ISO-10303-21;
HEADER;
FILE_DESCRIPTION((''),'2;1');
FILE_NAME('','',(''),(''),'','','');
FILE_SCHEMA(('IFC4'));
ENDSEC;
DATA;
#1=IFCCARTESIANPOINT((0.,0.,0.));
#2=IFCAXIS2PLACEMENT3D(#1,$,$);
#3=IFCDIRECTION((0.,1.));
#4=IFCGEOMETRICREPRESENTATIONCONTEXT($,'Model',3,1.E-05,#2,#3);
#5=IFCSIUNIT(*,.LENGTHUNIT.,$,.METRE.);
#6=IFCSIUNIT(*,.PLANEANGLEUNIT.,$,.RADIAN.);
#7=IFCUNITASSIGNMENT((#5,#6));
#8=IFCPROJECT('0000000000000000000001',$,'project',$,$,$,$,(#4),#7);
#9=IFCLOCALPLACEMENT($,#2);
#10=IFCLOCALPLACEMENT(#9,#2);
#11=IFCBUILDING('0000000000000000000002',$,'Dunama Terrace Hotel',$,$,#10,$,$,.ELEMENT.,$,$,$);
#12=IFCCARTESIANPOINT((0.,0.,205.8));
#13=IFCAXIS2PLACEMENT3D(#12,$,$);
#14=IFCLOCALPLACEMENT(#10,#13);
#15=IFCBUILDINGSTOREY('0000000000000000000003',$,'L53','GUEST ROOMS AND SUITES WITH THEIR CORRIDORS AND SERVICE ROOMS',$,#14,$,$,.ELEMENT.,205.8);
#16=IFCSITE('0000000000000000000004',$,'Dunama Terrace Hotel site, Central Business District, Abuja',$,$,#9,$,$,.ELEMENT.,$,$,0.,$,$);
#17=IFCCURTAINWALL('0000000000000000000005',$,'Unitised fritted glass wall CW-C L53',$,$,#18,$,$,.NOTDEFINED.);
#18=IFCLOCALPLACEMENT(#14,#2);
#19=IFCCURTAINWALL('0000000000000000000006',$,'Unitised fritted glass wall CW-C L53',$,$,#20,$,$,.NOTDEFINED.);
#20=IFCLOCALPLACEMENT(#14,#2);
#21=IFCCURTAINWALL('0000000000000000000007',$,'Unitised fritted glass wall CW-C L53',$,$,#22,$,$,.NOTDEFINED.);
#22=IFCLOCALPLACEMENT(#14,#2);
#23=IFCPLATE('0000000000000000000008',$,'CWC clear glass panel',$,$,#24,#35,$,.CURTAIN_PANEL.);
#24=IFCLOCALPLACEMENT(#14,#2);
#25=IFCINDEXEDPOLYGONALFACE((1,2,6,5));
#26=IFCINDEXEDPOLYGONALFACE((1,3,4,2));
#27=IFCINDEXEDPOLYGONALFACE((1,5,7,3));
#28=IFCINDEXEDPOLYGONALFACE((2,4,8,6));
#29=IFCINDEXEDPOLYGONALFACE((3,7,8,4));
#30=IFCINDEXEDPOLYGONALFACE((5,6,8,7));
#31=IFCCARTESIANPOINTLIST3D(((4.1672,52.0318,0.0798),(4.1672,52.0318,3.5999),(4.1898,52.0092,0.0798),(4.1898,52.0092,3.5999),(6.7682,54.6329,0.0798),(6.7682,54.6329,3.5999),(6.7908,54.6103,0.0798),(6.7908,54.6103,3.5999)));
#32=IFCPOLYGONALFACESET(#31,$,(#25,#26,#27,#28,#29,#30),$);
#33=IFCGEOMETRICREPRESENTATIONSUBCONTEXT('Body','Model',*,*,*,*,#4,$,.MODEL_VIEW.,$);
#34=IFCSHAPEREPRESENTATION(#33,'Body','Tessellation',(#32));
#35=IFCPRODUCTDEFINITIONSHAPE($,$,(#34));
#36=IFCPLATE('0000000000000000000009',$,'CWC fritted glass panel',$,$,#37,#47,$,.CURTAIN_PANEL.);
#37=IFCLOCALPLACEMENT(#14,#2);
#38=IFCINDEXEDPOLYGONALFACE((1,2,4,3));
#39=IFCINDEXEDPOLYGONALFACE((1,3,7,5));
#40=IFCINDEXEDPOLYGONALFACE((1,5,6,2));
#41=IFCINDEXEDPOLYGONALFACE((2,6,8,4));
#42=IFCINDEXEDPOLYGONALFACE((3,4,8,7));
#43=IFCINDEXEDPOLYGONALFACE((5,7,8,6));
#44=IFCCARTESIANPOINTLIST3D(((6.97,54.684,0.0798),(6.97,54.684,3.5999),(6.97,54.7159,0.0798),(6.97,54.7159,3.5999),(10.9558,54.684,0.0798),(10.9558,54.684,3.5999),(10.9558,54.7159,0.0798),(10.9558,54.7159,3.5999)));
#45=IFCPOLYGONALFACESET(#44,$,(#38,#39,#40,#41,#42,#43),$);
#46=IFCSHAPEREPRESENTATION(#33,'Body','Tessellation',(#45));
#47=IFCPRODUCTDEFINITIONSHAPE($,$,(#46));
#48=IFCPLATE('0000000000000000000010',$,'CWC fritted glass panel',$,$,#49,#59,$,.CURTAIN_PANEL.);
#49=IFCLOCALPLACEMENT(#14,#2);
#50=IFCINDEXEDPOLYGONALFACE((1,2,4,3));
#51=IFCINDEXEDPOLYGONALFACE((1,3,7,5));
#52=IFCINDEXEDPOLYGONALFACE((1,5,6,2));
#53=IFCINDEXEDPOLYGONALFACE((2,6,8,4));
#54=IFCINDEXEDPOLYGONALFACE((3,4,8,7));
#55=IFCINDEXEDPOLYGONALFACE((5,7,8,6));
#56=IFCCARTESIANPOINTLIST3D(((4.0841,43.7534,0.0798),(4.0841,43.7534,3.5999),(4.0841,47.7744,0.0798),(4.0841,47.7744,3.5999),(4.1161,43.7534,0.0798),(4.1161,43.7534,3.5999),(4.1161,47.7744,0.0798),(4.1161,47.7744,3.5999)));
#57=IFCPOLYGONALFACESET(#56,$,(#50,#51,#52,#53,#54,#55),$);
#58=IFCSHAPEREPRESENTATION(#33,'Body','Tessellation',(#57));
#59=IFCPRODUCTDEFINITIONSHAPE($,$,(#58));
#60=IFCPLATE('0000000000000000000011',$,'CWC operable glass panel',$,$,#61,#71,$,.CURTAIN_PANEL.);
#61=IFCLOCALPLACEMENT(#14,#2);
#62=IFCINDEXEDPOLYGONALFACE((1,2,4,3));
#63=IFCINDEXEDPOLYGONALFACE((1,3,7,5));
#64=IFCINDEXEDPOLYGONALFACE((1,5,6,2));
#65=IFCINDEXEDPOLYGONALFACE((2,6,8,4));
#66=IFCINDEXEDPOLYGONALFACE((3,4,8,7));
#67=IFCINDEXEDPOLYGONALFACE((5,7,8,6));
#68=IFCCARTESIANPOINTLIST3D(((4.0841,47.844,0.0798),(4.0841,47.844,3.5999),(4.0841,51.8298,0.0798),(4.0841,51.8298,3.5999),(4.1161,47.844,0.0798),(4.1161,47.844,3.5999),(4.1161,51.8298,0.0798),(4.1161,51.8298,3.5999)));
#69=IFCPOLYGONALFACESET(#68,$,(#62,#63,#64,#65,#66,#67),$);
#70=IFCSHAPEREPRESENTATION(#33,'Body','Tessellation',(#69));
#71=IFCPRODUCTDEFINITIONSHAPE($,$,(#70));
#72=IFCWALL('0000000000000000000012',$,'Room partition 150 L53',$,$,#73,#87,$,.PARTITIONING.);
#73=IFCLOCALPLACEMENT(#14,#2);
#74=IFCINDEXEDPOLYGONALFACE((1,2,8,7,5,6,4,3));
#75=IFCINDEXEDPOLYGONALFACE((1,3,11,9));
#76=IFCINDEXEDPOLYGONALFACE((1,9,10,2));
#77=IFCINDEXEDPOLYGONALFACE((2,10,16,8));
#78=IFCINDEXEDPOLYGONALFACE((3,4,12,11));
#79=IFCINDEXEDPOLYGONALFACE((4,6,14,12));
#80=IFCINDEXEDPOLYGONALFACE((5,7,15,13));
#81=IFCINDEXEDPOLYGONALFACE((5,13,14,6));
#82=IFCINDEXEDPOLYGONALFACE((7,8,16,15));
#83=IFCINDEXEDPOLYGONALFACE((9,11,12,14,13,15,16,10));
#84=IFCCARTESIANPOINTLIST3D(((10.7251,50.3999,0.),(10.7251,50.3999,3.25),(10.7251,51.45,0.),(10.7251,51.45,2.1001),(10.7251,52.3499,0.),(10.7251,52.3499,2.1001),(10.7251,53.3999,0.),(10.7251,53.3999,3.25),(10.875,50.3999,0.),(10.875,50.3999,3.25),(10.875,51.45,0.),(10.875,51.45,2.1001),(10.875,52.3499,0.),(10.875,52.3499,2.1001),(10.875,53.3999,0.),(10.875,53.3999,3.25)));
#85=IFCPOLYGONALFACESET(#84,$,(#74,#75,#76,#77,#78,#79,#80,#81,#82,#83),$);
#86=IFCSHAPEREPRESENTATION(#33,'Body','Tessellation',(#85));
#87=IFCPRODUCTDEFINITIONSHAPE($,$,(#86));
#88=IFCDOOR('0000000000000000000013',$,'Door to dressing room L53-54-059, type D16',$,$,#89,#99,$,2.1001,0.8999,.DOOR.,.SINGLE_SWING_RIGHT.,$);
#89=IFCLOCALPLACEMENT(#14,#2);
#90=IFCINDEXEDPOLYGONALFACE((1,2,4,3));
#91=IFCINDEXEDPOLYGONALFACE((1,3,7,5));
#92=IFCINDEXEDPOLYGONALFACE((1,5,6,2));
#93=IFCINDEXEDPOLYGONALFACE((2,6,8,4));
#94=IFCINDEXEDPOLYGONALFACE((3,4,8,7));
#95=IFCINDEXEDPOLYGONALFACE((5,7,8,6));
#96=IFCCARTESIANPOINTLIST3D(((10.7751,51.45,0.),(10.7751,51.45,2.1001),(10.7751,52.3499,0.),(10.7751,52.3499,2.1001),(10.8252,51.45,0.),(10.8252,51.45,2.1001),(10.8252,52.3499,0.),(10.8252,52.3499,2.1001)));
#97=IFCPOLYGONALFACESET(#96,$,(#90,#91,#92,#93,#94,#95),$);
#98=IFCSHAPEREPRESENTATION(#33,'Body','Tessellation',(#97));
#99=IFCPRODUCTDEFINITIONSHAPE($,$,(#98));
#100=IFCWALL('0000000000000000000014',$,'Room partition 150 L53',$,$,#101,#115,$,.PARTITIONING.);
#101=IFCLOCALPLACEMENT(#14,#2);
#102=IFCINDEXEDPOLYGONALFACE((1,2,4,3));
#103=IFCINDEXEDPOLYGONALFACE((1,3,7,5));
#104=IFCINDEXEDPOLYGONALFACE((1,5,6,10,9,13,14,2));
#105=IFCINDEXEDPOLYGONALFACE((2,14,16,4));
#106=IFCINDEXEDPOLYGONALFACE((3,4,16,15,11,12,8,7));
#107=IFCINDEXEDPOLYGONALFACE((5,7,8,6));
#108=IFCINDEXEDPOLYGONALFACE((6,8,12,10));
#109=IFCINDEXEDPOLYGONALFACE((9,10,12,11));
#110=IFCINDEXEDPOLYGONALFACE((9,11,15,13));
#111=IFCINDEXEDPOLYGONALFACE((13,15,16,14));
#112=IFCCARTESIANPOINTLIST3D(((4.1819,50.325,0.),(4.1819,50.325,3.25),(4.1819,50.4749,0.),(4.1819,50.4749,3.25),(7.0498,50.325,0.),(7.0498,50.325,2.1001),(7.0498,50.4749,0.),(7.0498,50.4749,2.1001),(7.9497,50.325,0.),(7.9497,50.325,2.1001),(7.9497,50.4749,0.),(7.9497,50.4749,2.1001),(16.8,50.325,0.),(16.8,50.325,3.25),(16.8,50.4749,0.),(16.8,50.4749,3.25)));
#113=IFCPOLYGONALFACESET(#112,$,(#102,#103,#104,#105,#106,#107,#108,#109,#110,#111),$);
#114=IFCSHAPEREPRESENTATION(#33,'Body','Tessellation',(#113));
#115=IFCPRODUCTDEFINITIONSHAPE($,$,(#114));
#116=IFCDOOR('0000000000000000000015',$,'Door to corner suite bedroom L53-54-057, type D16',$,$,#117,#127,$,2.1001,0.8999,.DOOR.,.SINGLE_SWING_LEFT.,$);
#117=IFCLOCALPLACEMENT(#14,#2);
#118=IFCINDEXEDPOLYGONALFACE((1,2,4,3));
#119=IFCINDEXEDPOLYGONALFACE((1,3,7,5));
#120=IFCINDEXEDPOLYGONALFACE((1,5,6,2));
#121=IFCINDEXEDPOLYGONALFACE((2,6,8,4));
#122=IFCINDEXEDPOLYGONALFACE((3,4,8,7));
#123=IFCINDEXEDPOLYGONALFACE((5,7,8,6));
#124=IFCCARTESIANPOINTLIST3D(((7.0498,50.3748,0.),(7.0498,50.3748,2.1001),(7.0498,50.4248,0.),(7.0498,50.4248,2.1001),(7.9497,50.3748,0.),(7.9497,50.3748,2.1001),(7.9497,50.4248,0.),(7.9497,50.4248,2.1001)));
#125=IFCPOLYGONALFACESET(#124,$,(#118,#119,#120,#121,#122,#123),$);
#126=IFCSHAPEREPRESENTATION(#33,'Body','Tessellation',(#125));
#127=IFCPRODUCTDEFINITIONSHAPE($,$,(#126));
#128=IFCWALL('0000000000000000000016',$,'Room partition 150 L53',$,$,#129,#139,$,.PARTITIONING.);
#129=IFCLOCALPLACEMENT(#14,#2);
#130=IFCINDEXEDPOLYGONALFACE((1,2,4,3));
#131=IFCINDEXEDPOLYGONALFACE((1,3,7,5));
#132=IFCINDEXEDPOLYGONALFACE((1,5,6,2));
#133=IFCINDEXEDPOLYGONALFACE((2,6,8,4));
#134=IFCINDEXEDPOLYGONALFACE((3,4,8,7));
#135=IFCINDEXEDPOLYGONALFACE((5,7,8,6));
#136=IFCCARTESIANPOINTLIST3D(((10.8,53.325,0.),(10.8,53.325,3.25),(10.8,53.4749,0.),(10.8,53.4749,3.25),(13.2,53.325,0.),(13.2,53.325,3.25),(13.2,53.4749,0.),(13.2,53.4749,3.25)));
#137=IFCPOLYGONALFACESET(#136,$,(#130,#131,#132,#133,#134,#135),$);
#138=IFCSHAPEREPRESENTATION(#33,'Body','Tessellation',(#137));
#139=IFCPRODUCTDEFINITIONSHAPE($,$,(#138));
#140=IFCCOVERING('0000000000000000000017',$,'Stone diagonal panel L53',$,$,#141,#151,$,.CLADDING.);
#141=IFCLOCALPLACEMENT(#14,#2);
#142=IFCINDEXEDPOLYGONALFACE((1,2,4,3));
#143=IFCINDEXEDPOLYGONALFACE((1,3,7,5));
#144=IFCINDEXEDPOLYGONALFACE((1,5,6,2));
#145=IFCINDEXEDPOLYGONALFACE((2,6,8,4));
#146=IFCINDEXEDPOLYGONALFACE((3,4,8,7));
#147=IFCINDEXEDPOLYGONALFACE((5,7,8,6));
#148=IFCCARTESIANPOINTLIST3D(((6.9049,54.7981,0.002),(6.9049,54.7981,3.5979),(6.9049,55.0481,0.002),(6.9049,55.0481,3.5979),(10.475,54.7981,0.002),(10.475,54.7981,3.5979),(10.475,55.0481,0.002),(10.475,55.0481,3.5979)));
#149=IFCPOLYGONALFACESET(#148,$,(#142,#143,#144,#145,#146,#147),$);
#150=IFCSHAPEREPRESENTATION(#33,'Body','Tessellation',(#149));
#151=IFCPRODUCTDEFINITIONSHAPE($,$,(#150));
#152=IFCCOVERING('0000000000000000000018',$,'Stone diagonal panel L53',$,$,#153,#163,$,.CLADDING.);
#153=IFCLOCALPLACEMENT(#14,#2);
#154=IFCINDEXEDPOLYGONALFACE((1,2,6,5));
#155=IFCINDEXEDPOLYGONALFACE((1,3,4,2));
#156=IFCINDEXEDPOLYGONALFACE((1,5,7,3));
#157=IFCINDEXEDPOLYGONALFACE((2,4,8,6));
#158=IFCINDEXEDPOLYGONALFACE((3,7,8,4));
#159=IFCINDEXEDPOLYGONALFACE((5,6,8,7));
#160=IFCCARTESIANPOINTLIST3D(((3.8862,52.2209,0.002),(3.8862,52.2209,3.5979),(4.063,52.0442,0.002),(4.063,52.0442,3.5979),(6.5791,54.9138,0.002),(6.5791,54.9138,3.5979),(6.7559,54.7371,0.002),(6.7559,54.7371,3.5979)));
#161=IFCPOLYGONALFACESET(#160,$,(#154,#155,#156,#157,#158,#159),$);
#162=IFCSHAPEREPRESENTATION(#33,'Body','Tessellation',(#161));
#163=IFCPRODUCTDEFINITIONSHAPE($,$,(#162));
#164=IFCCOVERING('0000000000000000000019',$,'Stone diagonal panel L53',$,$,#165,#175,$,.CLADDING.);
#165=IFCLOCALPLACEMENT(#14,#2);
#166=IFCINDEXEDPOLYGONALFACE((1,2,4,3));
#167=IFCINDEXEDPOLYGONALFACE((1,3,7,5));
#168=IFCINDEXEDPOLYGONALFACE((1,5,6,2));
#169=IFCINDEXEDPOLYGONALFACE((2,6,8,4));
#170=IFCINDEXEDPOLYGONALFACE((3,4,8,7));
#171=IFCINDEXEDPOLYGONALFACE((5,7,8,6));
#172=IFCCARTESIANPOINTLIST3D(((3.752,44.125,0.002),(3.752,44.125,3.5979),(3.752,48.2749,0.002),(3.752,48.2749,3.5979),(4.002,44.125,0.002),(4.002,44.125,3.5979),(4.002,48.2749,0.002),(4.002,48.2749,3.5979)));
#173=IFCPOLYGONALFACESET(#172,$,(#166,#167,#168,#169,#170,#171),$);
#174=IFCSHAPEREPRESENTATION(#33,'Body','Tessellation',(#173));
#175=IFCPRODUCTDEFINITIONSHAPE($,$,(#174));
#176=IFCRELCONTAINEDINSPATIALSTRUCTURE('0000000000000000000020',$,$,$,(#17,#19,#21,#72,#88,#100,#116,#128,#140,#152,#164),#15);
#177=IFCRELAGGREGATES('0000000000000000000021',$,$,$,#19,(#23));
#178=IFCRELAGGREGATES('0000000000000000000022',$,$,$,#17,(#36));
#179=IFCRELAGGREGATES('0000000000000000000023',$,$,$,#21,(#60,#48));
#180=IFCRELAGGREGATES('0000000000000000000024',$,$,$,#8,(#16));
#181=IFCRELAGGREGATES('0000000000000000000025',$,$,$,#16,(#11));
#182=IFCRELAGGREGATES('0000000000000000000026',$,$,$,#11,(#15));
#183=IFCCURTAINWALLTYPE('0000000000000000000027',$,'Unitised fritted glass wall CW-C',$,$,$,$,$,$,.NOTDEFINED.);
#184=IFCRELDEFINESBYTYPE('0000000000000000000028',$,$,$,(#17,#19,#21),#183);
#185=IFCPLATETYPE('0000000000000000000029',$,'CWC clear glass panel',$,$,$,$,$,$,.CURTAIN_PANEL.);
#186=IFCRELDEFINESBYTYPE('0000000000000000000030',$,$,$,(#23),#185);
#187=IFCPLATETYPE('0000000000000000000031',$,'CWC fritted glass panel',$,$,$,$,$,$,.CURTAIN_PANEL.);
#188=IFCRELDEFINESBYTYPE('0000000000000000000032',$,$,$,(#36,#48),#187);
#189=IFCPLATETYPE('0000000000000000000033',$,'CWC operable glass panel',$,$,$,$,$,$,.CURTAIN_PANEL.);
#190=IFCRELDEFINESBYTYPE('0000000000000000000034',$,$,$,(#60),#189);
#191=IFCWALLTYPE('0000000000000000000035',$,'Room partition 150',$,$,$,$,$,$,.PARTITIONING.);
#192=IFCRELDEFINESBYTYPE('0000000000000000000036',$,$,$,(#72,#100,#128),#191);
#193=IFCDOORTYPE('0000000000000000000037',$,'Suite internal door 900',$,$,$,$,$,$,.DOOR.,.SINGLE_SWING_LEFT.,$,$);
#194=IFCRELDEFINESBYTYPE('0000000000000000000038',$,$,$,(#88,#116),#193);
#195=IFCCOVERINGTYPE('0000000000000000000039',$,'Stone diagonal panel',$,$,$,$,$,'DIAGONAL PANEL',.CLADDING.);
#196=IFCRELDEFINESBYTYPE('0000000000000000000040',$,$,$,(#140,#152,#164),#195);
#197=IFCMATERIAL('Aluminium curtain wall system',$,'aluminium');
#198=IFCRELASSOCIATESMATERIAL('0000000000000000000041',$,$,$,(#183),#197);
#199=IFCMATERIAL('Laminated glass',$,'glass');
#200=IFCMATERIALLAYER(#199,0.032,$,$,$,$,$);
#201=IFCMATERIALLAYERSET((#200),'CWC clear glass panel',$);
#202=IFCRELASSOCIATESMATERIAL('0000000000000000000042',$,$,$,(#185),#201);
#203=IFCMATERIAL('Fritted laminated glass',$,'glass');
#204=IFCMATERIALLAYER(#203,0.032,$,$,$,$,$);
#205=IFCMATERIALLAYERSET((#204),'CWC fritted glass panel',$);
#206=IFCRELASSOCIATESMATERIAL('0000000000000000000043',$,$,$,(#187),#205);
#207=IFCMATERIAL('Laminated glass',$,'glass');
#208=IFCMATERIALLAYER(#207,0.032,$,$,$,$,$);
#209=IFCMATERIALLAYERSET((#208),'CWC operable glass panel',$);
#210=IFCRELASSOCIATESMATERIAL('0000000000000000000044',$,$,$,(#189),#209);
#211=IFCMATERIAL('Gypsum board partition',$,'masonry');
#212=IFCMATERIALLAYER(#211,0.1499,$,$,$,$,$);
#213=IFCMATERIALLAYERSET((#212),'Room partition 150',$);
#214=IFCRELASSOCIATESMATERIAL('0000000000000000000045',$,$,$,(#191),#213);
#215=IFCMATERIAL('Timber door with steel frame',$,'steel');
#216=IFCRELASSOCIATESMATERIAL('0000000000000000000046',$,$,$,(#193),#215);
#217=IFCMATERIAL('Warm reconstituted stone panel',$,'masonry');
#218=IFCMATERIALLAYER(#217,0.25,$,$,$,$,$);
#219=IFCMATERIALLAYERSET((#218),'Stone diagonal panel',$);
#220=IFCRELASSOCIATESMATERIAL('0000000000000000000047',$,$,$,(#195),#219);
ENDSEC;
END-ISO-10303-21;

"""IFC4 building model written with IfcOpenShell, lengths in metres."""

from ifc_helpers import new_model, si_unit, direction, frame, frame_2d, origin, origin_2d, place, context, subcontext, project, spatial, rectangle, extrude, material, layer, layer_set, type_object, element, fill, aggregate, save


model = new_model("IFC4")

# Units and contexts
model_context = context("Model", 3, precision=1e-05, world=origin(), true_north=direction((0.0, 1.0)))
body_context = subcontext(model_context, "Body", "Model", "MODEL_VIEW")
ifc_project = project(units=[si_unit("LENGTHUNIT", "METRE"), si_unit("PLANEANGLEUNIT", "RADIAN")], contexts=[model_context])

# Site, building, storey
site_placement = place(None, origin())
site = spatial("IfcSite", under=ifc_project, at=site_placement, Name="Dunama Terrace Hotel site, Central Business District, Abuja", CompositionType="ELEMENT", RefElevation=0.0)
building_placement = place(site_placement, origin())
building = spatial("IfcBuilding", under=site, at=building_placement, Name="Dunama Terrace Hotel", CompositionType="ELEMENT")
storey_placement = place(building_placement, frame((0.0, 0.0, 205.8)))
storey = spatial("IfcBuildingStorey", under=building, at=storey_placement, Name="L53", Description="GUEST ROOMS AND SUITES WITH THEIR CORRIDORS AND SERVICE ROOMS", CompositionType="ELEMENT", Elevation=205.8)

# Curtain wall
ifc_material_1 = material(Name="Aluminium curtain wall system", Category="aluminium")
curtain_wall_type = type_object("IfcCurtainWallType", Name="Unitised fritted glass wall CW-C", PredefinedType="NOTDEFINED", material=ifc_material_1)
curtain_wall_1_placement = place(storey_placement, origin())
curtain_wall_1 = element("IfcCurtainWall", 1, at=curtain_wall_1_placement, inside=storey, type_object=curtain_wall_type, Name="Unitised fritted glass wall CW-C L53", PredefinedType="NOTDEFINED")

# Curtain walls
curtain_wall_2_placement = place(storey_placement, origin())
curtain_wall_2 = element("IfcCurtainWall", 2, at=curtain_wall_2_placement, inside=storey, type_object=curtain_wall_type, Name="Unitised fritted glass wall CW-C L53", PredefinedType="NOTDEFINED")
curtain_wall_3_placement = place(storey_placement, origin())
curtain_wall_3 = element("IfcCurtainWall", 3, at=curtain_wall_3_placement, inside=storey, type_object=curtain_wall_type, Name="Unitised fritted glass wall CW-C L53", PredefinedType="NOTDEFINED")

# Plates
ifc_material_2 = material(Name="Laminated glass", Category="glass")
ifc_layer_1 = layer(ifc_material_2, 0.032)
ifc_layer_set_1 = layer_set([ifc_layer_1], Name="CWC clear glass panel")
plate_type_1 = type_object("IfcPlateType", Name="CWC clear glass panel", PredefinedType="CURTAIN_PANEL", material=ifc_layer_set_1)
plate_1_placement = place(storey_placement, frame((5.479, 53.321, 0.0798), z_axis=(0.0, 0.0, 1.0), x_axis=(-0.707107, -0.707107, 0.0)))
plate_1 = element("IfcPlate", 4, at=plate_1_placement, type_object=plate_type_1, Name="CWC clear glass panel", PredefinedType="CURTAIN_PANEL", context=body_context, shape_type="SweptSolid", body=[
    extrude(rectangle(XDim=3.6785, YDim=0.032, at=origin_2d()), origin(), (0.0, 0.0, 1.0), 3.52),
])
aggregate(curtain_wall_2, [plate_1])
ifc_material_3 = material(Name="Fritted laminated glass", Category="glass")
ifc_layer_2 = layer(ifc_material_3, 0.032)
ifc_layer_set_2 = layer_set([ifc_layer_2], Name="CWC fritted glass panel")
plate_type_2 = type_object("IfcPlateType", Name="CWC fritted glass panel", PredefinedType="CURTAIN_PANEL", material=ifc_layer_set_2)
plate_2_placement = place(storey_placement, frame((8.9629, 54.7, 0.0798), z_axis=(0.0, 0.0, 1.0), x_axis=(-1.0, 0.0, 0.0)))
plate_2 = element("IfcPlate", 5, at=plate_2_placement, type_object=plate_type_2, Name="CWC fritted glass panel", PredefinedType="CURTAIN_PANEL", context=body_context, shape_type="SweptSolid", body=[
    extrude(rectangle(XDim=3.9858, YDim=0.032, at=origin_2d()), origin(), (0.0, 0.0, 1.0), 3.52),
])
aggregate(curtain_wall_1, [plate_2])
plate_3_placement = place(storey_placement, frame((4.1001, 45.7639, 0.0798), z_axis=(0.0, 0.0, 1.0), x_axis=(0.0, -1.0, 0.0)))
plate_3 = element("IfcPlate", 6, at=plate_3_placement, type_object=plate_type_2, Name="CWC fritted glass panel", PredefinedType="CURTAIN_PANEL", context=body_context, shape_type="SweptSolid", body=[
    extrude(rectangle(XDim=4.021, YDim=0.032, at=origin_2d()), origin(), (0.0, 0.0, 1.0), 3.52),
])
ifc_material_4 = material(Name="Laminated glass", Category="glass")
ifc_layer_3 = layer(ifc_material_4, 0.032)
ifc_layer_set_3 = layer_set([ifc_layer_3], Name="CWC operable glass panel")
plate_type_3 = type_object("IfcPlateType", Name="CWC operable glass panel", PredefinedType="CURTAIN_PANEL", material=ifc_layer_set_3)
plate_4_placement = place(storey_placement, frame((4.1001, 49.8369, 0.0798), z_axis=(0.0, 0.0, 1.0), x_axis=(0.0, -1.0, 0.0)))
plate_4 = element("IfcPlate", 7, at=plate_4_placement, type_object=plate_type_3, Name="CWC operable glass panel", PredefinedType="CURTAIN_PANEL", context=body_context, shape_type="SweptSolid", body=[
    extrude(rectangle(XDim=3.9858, YDim=0.032, at=origin_2d()), origin(), (0.0, 0.0, 1.0), 3.52),
])
aggregate(curtain_wall_3, [plate_4, plate_3])

# Walls, openings, doors
ifc_material_5 = material(Name="Gypsum board partition", Category="masonry")
ifc_layer_4 = layer(ifc_material_5, 0.1499)
ifc_layer_set_4 = layer_set([ifc_layer_4], Name="Room partition 150")
wall_type = type_object("IfcWallType", Name="Room partition 150", PredefinedType="PARTITIONING", material=ifc_layer_set_4)
wall_1_placement = place(storey_placement, frame((10.8, 50.3999, 0.0), z_axis=(0.0, 0.0, 1.0), x_axis=(0.0, 1.0, 0.0)))
wall_1 = element("IfcWall", 8, at=wall_1_placement, inside=storey, type_object=wall_type, Name="Room partition 150 L53", PredefinedType="PARTITIONING", context=body_context, shape_type="SweptSolid", body=[
    extrude(rectangle(XDim=3.0, YDim=0.1499, at=frame_2d((1.5, 0.0))), origin(), (0.0, 0.0, 1.0), 3.25),
])
opening_1_placement = place(wall_1_placement, frame((1.05, 0.0, 0.0)))
opening_1 = element("IfcOpeningElement", 9, at=opening_1_placement, cuts=wall_1, PredefinedType="OPENING", context=body_context, shape_type="SweptSolid", body=[
    extrude(rectangle(XDim=0.8999, YDim=2.1001, at=frame_2d((0.45, 1.05))), frame((0.0, 0.085, 0.0), z_axis=(0.0, -1.0, 0.0), x_axis=(1.0, 0.0, 0.0)), (0.0, 0.0, 1.0), 0.1699),
])
ifc_material_6 = material(Name="Timber door with steel frame", Category="steel")
door_type = type_object("IfcDoorType", Name="Suite internal door 900", OperationType="SINGLE_SWING_LEFT", PredefinedType="DOOR", material=ifc_material_6)
door_1_placement = place(opening_1_placement, frame((0.8999, 0.0, 0.0), z_axis=(0.0, 0.0, 1.0), x_axis=(-1.0, 0.0, 0.0)))
door_1 = element("IfcDoor", 10, at=door_1_placement, inside=storey, type_object=door_type, Name="Door to dressing room L53-54-059, type D16", OperationType="SINGLE_SWING_RIGHT", OverallHeight=2.1001, OverallWidth=0.8999, PredefinedType="DOOR", context=body_context, shape_type="SweptSolid", body=[
    extrude(rectangle(XDim=0.8999, YDim=2.1001, at=frame_2d((0.45, 1.05))), frame((0.0, 0.0251, 0.0), z_axis=(0.0, -1.0, 0.0), x_axis=(1.0, 0.0, 0.0)), (0.0, 0.0, 1.0), 0.05),
])
fill(opening_1, door_1)
wall_2_placement = place(storey_placement, frame((4.1819, 50.3999, 0.0), z_axis=(0.0, 0.0, 1.0), x_axis=(1.0, 0.0, 0.0)))
wall_2 = element("IfcWall", 11, at=wall_2_placement, inside=storey, type_object=wall_type, Name="Room partition 150 L53", PredefinedType="PARTITIONING", context=body_context, shape_type="SweptSolid", body=[
    extrude(rectangle(XDim=12.6182, YDim=0.1499, at=frame_2d((6.3091, 0.0))), origin(), (0.0, 0.0, 1.0), 3.25),
])
opening_2_placement = place(wall_2_placement, frame((2.8679, 0.0, 0.0)))
opening_2 = element("IfcOpeningElement", 12, at=opening_2_placement, cuts=wall_2, PredefinedType="OPENING", context=body_context, shape_type="SweptSolid", body=[
    extrude(rectangle(XDim=0.8999, YDim=2.1001, at=frame_2d((0.45, 1.05))), frame((0.0, 0.085, 0.0), z_axis=(0.0, -1.0, 0.0), x_axis=(1.0, 0.0, 0.0)), (0.0, 0.0, 1.0), 0.1699),
])
door_2_placement = place(opening_2_placement, origin())
door_2 = element("IfcDoor", 13, at=door_2_placement, inside=storey, type_object=door_type, Name="Door to corner suite bedroom L53-54-057, type D16", OperationType="SINGLE_SWING_LEFT", OverallHeight=2.1001, OverallWidth=0.8999, PredefinedType="DOOR", context=body_context, shape_type="SweptSolid", body=[
    extrude(rectangle(XDim=0.8999, YDim=2.1001, at=frame_2d((0.45, 1.05))), frame((0.0, 0.0249, 0.0), z_axis=(0.0, -1.0, 0.0), x_axis=(1.0, 0.0, 0.0)), (0.0, 0.0, 1.0), 0.05),
])
fill(opening_2, door_2)

# Wall
wall_3_placement = place(storey_placement, frame((10.8, 53.3999, 0.0), z_axis=(0.0, 0.0, 1.0), x_axis=(1.0, 0.0, 0.0)))
element("IfcWall", 14, at=wall_3_placement, inside=storey, type_object=wall_type, Name="Room partition 150 L53", PredefinedType="PARTITIONING", context=body_context, shape_type="SweptSolid", body=[
    extrude(rectangle(XDim=2.3999, YDim=0.1499, at=frame_2d((1.2, 0.0))), origin(), (0.0, 0.0, 1.0), 3.25),
])

# Coverings
ifc_material_7 = material(Name="Warm reconstituted stone panel", Category="masonry")
ifc_layer_5 = layer(ifc_material_7, 0.25)
ifc_layer_set_5 = layer_set([ifc_layer_5], Name="Stone diagonal panel")
covering_type = type_object("IfcCoveringType", Name="Stone diagonal panel", ElementType="DIAGONAL PANEL", PredefinedType="CLADDING", material=ifc_layer_set_5)
covering_1_placement = place(storey_placement, frame((8.6899, 54.9231, 0.002), z_axis=(0.0, 0.0, 1.0), x_axis=(-1.0, 0.0, 0.0)))
element("IfcCovering", 15, at=covering_1_placement, inside=storey, type_object=covering_type, Name="Stone diagonal panel L53", PredefinedType="CLADDING", context=body_context, shape_type="SweptSolid", body=[
    extrude(rectangle(XDim=3.5701, YDim=0.25, at=origin_2d()), origin(), (0.0, 0.0, 1.0), 3.5959),
])
covering_2_placement = place(storey_placement, frame((5.321, 53.479, 0.002), z_axis=(0.0, 0.0, 1.0), x_axis=(-0.707107, -0.707107, 0.0)))
element("IfcCovering", 16, at=covering_2_placement, inside=storey, type_object=covering_type, Name="Stone diagonal panel L53", PredefinedType="CLADDING", context=body_context, shape_type="SweptSolid", body=[
    extrude(rectangle(XDim=3.8083, YDim=0.25, at=origin_2d()), origin(), (0.0, 0.0, 1.0), 3.5959),
])
covering_3_placement = place(storey_placement, frame((3.877, 46.2, 0.002), z_axis=(0.0, 0.0, 1.0), x_axis=(0.0, -1.0, 0.0)))
element("IfcCovering", 17, at=covering_3_placement, inside=storey, type_object=covering_type, Name="Stone diagonal panel L53", PredefinedType="CLADDING", context=body_context, shape_type="SweptSolid", body=[
    extrude(rectangle(XDim=4.1499, YDim=0.25, at=origin_2d()), origin(), (0.0, 0.0, 1.0), 3.5959),
])

save(model, "model.ifc")
